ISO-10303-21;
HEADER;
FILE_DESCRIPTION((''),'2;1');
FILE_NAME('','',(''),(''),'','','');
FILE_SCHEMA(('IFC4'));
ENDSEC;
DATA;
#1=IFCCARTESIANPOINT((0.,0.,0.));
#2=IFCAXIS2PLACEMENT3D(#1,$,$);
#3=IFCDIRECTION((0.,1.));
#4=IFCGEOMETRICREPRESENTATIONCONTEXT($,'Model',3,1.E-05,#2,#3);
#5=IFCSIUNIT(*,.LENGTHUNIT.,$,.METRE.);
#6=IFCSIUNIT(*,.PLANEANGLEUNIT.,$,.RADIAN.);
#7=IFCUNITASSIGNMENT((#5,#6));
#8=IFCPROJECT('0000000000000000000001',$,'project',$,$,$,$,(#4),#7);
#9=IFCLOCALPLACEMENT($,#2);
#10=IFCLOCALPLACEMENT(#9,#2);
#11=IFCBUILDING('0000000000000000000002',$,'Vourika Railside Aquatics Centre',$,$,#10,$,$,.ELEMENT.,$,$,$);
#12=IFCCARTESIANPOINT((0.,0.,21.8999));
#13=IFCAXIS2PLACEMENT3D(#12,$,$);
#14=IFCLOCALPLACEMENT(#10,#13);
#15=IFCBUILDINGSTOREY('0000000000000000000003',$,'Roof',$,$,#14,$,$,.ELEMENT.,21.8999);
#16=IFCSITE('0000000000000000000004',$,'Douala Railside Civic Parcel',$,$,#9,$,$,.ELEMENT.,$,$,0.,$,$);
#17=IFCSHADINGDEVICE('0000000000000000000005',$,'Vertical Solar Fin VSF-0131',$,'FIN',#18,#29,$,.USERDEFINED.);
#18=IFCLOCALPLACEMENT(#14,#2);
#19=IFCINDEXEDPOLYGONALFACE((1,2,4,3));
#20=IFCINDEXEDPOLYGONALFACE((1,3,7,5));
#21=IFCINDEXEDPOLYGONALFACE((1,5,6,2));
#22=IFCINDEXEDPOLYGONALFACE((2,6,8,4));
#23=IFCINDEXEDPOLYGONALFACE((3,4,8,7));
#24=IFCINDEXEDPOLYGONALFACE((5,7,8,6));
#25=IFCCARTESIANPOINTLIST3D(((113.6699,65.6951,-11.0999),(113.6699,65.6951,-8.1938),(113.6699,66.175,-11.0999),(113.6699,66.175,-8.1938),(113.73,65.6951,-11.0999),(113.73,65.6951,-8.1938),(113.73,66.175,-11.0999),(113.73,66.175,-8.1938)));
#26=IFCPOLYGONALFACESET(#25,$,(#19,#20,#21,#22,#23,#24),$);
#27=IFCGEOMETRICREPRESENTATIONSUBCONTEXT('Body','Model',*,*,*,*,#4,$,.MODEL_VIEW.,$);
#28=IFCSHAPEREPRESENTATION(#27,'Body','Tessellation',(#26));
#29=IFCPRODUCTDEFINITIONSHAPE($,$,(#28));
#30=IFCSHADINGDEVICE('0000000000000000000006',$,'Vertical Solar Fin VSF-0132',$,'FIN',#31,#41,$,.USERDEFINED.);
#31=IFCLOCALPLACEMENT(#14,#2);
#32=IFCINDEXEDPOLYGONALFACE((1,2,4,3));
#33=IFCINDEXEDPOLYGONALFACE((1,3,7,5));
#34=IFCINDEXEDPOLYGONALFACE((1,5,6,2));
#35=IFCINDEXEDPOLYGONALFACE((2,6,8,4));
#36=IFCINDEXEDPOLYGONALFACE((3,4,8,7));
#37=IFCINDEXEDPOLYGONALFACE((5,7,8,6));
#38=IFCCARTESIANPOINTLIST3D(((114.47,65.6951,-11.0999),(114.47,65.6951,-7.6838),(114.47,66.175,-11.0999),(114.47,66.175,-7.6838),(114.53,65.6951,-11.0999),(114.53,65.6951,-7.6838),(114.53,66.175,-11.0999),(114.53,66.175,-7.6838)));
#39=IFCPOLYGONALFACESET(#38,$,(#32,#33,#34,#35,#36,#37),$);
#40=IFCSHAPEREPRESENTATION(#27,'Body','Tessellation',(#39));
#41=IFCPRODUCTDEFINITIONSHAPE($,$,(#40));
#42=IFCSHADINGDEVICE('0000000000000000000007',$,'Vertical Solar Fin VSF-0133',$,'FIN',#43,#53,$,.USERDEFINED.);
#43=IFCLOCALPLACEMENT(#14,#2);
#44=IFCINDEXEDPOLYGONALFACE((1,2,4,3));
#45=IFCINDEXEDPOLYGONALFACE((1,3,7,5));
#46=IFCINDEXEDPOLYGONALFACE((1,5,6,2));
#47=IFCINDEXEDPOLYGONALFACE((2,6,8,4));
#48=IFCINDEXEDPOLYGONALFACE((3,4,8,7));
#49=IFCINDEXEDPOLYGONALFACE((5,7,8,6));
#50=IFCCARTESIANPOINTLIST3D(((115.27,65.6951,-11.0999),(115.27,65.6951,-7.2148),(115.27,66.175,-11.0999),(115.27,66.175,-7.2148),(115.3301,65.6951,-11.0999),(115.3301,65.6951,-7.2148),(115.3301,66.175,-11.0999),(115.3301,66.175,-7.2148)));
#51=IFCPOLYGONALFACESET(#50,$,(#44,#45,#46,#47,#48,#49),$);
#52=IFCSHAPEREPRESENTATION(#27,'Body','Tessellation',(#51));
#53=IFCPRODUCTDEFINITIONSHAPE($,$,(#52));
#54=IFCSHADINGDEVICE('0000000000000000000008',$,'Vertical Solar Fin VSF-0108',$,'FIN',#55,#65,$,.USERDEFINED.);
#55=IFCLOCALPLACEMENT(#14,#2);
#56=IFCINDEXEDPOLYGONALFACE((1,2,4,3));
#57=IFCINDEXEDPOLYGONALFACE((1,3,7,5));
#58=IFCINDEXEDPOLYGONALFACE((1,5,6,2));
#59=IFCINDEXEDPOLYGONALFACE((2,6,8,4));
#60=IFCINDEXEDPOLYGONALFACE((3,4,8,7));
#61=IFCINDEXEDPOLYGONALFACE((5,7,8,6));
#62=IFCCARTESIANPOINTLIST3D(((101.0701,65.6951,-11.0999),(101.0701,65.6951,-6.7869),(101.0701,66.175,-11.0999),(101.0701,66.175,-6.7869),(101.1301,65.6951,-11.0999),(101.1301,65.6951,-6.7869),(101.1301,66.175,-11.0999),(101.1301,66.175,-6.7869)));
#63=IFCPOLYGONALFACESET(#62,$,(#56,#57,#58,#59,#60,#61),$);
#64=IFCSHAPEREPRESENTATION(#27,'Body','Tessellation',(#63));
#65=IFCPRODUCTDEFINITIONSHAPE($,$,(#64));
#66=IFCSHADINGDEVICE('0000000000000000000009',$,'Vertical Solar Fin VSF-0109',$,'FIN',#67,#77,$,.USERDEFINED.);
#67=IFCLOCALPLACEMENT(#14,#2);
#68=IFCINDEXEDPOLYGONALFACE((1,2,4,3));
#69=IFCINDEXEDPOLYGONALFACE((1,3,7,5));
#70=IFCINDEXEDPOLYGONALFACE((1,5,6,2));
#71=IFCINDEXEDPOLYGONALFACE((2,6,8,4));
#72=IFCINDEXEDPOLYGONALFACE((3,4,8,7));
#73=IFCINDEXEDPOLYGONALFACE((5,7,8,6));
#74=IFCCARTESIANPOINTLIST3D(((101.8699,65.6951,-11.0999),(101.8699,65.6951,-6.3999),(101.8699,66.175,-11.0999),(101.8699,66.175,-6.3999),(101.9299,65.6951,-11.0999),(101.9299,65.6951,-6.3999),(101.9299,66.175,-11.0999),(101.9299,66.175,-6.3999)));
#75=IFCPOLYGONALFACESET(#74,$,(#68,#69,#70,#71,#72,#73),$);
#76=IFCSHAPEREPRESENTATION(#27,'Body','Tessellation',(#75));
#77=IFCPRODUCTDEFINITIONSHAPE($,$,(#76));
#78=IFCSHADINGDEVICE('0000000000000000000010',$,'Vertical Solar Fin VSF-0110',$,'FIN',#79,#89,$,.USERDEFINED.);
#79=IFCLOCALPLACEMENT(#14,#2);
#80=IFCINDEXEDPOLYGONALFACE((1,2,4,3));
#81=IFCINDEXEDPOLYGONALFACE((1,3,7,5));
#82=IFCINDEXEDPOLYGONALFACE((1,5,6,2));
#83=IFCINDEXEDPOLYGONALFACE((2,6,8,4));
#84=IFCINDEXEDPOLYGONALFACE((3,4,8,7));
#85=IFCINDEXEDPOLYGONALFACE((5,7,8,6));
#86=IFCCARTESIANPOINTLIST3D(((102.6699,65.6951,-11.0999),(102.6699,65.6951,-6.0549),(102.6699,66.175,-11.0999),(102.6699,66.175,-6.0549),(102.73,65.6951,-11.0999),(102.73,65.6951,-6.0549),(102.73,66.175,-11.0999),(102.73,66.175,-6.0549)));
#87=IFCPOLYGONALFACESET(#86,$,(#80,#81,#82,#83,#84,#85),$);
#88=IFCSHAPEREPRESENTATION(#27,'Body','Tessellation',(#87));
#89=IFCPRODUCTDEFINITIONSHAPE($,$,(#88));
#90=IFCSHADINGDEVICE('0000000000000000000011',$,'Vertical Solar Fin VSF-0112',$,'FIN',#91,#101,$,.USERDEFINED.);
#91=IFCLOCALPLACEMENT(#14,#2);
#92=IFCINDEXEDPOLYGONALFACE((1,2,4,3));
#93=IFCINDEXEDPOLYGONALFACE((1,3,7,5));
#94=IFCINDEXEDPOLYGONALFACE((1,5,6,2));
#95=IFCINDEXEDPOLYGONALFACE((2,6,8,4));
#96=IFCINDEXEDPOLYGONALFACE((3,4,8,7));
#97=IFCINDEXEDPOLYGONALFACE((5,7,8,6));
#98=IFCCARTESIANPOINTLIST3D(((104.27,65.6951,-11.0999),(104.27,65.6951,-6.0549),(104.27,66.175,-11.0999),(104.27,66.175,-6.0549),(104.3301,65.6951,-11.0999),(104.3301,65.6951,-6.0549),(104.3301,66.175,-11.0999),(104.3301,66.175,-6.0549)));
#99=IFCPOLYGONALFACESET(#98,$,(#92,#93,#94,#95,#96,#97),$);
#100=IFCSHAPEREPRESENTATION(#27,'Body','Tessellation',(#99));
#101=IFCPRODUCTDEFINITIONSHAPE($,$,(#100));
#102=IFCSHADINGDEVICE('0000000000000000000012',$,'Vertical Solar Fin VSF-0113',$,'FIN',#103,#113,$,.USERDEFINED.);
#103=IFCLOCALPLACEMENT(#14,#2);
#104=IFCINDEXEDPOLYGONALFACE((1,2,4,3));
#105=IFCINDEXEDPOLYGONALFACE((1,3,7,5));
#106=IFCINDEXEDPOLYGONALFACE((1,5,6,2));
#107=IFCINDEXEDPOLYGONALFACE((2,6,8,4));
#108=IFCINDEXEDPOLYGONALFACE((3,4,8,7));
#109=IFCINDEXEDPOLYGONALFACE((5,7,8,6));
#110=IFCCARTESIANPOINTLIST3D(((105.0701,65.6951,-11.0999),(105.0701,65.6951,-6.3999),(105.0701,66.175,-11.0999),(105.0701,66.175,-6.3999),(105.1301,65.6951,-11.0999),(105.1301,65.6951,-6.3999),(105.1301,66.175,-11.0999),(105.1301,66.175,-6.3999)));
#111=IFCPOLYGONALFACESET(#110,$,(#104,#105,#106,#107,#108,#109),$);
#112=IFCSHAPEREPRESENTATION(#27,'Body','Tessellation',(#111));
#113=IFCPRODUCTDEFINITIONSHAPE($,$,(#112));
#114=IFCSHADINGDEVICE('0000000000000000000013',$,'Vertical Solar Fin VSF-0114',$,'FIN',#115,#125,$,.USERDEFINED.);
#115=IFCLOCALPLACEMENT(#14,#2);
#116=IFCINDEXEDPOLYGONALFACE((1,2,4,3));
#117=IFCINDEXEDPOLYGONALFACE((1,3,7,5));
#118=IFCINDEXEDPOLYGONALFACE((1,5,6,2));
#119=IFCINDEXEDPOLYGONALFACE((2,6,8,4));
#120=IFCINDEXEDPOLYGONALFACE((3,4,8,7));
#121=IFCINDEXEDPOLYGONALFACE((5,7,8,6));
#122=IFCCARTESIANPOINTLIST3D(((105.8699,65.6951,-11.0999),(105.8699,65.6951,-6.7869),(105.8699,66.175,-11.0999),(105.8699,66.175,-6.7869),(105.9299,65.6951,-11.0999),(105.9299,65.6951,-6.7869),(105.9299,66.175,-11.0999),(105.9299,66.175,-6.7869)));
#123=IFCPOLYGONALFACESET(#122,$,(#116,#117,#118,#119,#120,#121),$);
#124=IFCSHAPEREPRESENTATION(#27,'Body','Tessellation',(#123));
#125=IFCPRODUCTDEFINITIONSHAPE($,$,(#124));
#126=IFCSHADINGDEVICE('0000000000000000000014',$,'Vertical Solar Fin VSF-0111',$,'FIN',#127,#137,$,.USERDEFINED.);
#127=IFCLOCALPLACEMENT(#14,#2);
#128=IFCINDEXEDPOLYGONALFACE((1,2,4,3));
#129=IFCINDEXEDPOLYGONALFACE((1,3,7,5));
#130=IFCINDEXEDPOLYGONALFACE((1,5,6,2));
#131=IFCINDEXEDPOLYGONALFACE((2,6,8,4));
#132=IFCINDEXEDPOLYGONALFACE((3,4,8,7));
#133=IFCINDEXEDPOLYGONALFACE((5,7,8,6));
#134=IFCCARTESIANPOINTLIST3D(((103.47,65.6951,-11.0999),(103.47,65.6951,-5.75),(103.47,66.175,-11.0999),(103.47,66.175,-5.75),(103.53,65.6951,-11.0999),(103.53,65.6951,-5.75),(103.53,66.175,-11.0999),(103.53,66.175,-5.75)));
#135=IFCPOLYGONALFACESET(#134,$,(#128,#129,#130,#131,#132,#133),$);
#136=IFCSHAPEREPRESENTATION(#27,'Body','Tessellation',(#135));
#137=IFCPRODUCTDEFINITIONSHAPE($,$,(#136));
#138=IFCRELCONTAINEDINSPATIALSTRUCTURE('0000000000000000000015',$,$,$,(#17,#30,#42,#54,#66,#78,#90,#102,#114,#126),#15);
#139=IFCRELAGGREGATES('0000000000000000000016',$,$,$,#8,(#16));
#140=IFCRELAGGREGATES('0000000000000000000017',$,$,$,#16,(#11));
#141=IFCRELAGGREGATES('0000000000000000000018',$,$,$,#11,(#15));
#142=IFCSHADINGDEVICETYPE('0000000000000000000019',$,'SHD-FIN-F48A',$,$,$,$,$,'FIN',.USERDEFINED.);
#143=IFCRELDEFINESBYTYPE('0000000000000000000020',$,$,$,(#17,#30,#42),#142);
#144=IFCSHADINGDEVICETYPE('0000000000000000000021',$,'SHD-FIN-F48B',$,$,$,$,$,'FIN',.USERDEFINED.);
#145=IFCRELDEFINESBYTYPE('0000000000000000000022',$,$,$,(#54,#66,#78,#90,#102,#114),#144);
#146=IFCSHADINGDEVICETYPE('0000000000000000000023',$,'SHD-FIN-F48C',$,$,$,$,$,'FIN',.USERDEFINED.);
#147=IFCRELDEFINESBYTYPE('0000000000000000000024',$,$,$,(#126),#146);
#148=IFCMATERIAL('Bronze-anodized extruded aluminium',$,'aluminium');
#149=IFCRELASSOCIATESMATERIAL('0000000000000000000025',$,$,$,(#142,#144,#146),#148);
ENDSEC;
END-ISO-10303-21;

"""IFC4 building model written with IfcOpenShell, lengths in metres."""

from ifc_helpers import new_model, si_unit, direction, frame, origin, origin_2d, place, context, subcontext, project, spatial, rectangle, extrude, material, material_profile, profile_set, type_object, element, save


model = new_model("IFC4")

# Units and contexts
model_context = context("Model", 3, precision=1e-05, world=origin(), true_north=direction((0.0, 1.0)))
body_context = subcontext(model_context, "Body", "Model", "MODEL_VIEW")
ifc_project = project(units=[si_unit("LENGTHUNIT", "METRE"), si_unit("PLANEANGLEUNIT", "RADIAN")], contexts=[model_context])

# Site, building, storey
site_placement = place(None, origin())
site = spatial("IfcSite", under=ifc_project, at=site_placement, Name="Douala Railside Civic Parcel", CompositionType="ELEMENT", RefElevation=0.0)
building_placement = place(site_placement, origin())
building = spatial("IfcBuilding", under=site, at=building_placement, Name="Vourika Railside Aquatics Centre", CompositionType="ELEMENT")
storey_placement = place(building_placement, frame((0.0, 0.0, 21.8999)))
storey = spatial("IfcBuildingStorey", under=building, at=storey_placement, Name="Roof", CompositionType="ELEMENT", Elevation=21.8999)

# Shading devices
ifc_material_1 = material(Name="Bronze-anodized extruded aluminium", Category="aluminium")
ifc_material_profile_1 = material_profile(ifc_material_1, rectangle(XDim=0.0601, YDim=0.48, at=origin_2d()), Name="ALU-FIN 60x480")
ifc_profile_set_1 = profile_set([ifc_material_profile_1], Name="Bronze-anodized extruded aluminium")
shading_device_type_1 = type_object("IfcShadingDeviceType", Name="SHD-FIN-F48A", ElementType="FIN", PredefinedType="USERDEFINED", material=ifc_profile_set_1)
for number, where, z_axis, x_axis, name in (
    (1, (113.7, 65.9351, -11.0999), (0.0, 0.0, 1.0), (1.0, 0.0, 0.0), "Vertical Solar Fin VSF-0131"),
):
    element("IfcShadingDevice", number, at=place(storey_placement, frame(where, z_axis=z_axis, x_axis=x_axis)), inside=storey, type_object=shading_device_type_1, Name=name, ObjectType="FIN", PredefinedType="USERDEFINED", context=body_context, shape_type="SweptSolid", body=[
        extrude(rectangle(XDim=0.0601, YDim=0.48, at=origin_2d()), origin(), (0.0, 0.0, 1.0), 2.906),
    ])
shading_device_1_placement = place(storey_placement, frame((114.5, 65.9351, -11.0999), z_axis=(0.0, 0.0, 1.0), x_axis=(1.0, 0.0, 0.0)))
element("IfcShadingDevice", 2, at=shading_device_1_placement, inside=storey, type_object=shading_device_type_1, Name="Vertical Solar Fin VSF-0132", ObjectType="FIN", PredefinedType="USERDEFINED", context=body_context, shape_type="SweptSolid", body=[
    extrude(rectangle(XDim=0.0601, YDim=0.48, at=origin_2d()), origin(), (0.0, 0.0, 1.0), 3.416),
])
shading_device_2_placement = place(storey_placement, frame((115.3, 65.9351, -11.0999), z_axis=(0.0, 0.0, 1.0), x_axis=(1.0, 0.0, 0.0)))
element("IfcShadingDevice", 3, at=shading_device_2_placement, inside=storey, type_object=shading_device_type_1, Name="Vertical Solar Fin VSF-0133", ObjectType="FIN", PredefinedType="USERDEFINED", context=body_context, shape_type="SweptSolid", body=[
    extrude(rectangle(XDim=0.0601, YDim=0.48, at=origin_2d()), origin(), (0.0, 0.0, 1.0), 3.885),
])
ifc_material_profile_2 = material_profile(ifc_material_1, rectangle(XDim=0.0601, YDim=0.48, at=origin_2d()), Name="ALU-FIN 60x480")
ifc_profile_set_2 = profile_set([ifc_material_profile_2], Name="Bronze-anodized extruded aluminium")
shading_device_type_2 = type_object("IfcShadingDeviceType", Name="SHD-FIN-F48B", ElementType="FIN", PredefinedType="USERDEFINED", material=ifc_profile_set_2)
shading_device_3_placement = place(storey_placement, frame((101.1001, 65.9351, -11.0999), z_axis=(0.0, 0.0, 1.0), x_axis=(1.0, 0.0, 0.0)))
element("IfcShadingDevice", 4, at=shading_device_3_placement, inside=storey, type_object=shading_device_type_2, Name="Vertical Solar Fin VSF-0108", ObjectType="FIN", PredefinedType="USERDEFINED", context=body_context, shape_type="SweptSolid", body=[
    extrude(rectangle(XDim=0.0601, YDim=0.48, at=origin_2d()), origin(), (0.0, 0.0, 1.0), 4.313),
])
shading_device_4_placement = place(storey_placement, frame((101.8999, 65.9351, -11.0999), z_axis=(0.0, 0.0, 1.0), x_axis=(1.0, 0.0, 0.0)))
element("IfcShadingDevice", 5, at=shading_device_4_placement, inside=storey, type_object=shading_device_type_2, Name="Vertical Solar Fin VSF-0109", ObjectType="FIN", PredefinedType="USERDEFINED", context=body_context, shape_type="SweptSolid", body=[
    extrude(rectangle(XDim=0.0601, YDim=0.48, at=origin_2d()), origin(), (0.0, 0.0, 1.0), 4.7),
])
for number, where, z_axis, x_axis, name in (
    (6, (102.7, 65.9351, -11.0999), (0.0, 0.0, 1.0), (1.0, 0.0, 0.0), "Vertical Solar Fin VSF-0110"),
    (7, (104.3, 65.9351, -11.0999), (0.0, 0.0, 1.0), (1.0, 0.0, 0.0), "Vertical Solar Fin VSF-0112"),
):
    element("IfcShadingDevice", number, at=place(storey_placement, frame(where, z_axis=z_axis, x_axis=x_axis)), inside=storey, type_object=shading_device_type_2, Name=name, ObjectType="FIN", PredefinedType="USERDEFINED", context=body_context, shape_type="SweptSolid", body=[
        extrude(rectangle(XDim=0.0601, YDim=0.48, at=origin_2d()), origin(), (0.0, 0.0, 1.0), 5.0449),
    ])
shading_device_5_placement = place(storey_placement, frame((105.1001, 65.9351, -11.0999), z_axis=(0.0, 0.0, 1.0), x_axis=(1.0, 0.0, 0.0)))
element("IfcShadingDevice", 8, at=shading_device_5_placement, inside=storey, type_object=shading_device_type_2, Name="Vertical Solar Fin VSF-0113", ObjectType="FIN", PredefinedType="USERDEFINED", context=body_context, shape_type="SweptSolid", body=[
    extrude(rectangle(XDim=0.0601, YDim=0.48, at=origin_2d()), origin(), (0.0, 0.0, 1.0), 4.7),
])
shading_device_6_placement = place(storey_placement, frame((105.8999, 65.9351, -11.0999), z_axis=(0.0, 0.0, 1.0), x_axis=(1.0, 0.0, 0.0)))
element("IfcShadingDevice", 9, at=shading_device_6_placement, inside=storey, type_object=shading_device_type_2, Name="Vertical Solar Fin VSF-0114", ObjectType="FIN", PredefinedType="USERDEFINED", context=body_context, shape_type="SweptSolid", body=[
    extrude(rectangle(XDim=0.0601, YDim=0.48, at=origin_2d()), origin(), (0.0, 0.0, 1.0), 4.313),
])
ifc_material_profile_3 = material_profile(ifc_material_1, rectangle(XDim=0.0601, YDim=0.48, at=origin_2d()), Name="ALU-FIN 60x480")
ifc_profile_set_3 = profile_set([ifc_material_profile_3], Name="Bronze-anodized extruded aluminium")
shading_device_type_3 = type_object("IfcShadingDeviceType", Name="SHD-FIN-F48C", ElementType="FIN", PredefinedType="USERDEFINED", material=ifc_profile_set_3)
shading_device_7_placement = place(storey_placement, frame((103.5, 65.9351, -11.0999), z_axis=(0.0, 0.0, 1.0), x_axis=(1.0, 0.0, 0.0)))
element("IfcShadingDevice", 10, at=shading_device_7_placement, inside=storey, type_object=shading_device_type_3, Name="Vertical Solar Fin VSF-0111", ObjectType="FIN", PredefinedType="USERDEFINED", context=body_context, shape_type="SweptSolid", body=[
    extrude(rectangle(XDim=0.0601, YDim=0.48, at=origin_2d()), origin(), (0.0, 0.0, 1.0), 5.3499),
])

save(model, "model.ifc")
